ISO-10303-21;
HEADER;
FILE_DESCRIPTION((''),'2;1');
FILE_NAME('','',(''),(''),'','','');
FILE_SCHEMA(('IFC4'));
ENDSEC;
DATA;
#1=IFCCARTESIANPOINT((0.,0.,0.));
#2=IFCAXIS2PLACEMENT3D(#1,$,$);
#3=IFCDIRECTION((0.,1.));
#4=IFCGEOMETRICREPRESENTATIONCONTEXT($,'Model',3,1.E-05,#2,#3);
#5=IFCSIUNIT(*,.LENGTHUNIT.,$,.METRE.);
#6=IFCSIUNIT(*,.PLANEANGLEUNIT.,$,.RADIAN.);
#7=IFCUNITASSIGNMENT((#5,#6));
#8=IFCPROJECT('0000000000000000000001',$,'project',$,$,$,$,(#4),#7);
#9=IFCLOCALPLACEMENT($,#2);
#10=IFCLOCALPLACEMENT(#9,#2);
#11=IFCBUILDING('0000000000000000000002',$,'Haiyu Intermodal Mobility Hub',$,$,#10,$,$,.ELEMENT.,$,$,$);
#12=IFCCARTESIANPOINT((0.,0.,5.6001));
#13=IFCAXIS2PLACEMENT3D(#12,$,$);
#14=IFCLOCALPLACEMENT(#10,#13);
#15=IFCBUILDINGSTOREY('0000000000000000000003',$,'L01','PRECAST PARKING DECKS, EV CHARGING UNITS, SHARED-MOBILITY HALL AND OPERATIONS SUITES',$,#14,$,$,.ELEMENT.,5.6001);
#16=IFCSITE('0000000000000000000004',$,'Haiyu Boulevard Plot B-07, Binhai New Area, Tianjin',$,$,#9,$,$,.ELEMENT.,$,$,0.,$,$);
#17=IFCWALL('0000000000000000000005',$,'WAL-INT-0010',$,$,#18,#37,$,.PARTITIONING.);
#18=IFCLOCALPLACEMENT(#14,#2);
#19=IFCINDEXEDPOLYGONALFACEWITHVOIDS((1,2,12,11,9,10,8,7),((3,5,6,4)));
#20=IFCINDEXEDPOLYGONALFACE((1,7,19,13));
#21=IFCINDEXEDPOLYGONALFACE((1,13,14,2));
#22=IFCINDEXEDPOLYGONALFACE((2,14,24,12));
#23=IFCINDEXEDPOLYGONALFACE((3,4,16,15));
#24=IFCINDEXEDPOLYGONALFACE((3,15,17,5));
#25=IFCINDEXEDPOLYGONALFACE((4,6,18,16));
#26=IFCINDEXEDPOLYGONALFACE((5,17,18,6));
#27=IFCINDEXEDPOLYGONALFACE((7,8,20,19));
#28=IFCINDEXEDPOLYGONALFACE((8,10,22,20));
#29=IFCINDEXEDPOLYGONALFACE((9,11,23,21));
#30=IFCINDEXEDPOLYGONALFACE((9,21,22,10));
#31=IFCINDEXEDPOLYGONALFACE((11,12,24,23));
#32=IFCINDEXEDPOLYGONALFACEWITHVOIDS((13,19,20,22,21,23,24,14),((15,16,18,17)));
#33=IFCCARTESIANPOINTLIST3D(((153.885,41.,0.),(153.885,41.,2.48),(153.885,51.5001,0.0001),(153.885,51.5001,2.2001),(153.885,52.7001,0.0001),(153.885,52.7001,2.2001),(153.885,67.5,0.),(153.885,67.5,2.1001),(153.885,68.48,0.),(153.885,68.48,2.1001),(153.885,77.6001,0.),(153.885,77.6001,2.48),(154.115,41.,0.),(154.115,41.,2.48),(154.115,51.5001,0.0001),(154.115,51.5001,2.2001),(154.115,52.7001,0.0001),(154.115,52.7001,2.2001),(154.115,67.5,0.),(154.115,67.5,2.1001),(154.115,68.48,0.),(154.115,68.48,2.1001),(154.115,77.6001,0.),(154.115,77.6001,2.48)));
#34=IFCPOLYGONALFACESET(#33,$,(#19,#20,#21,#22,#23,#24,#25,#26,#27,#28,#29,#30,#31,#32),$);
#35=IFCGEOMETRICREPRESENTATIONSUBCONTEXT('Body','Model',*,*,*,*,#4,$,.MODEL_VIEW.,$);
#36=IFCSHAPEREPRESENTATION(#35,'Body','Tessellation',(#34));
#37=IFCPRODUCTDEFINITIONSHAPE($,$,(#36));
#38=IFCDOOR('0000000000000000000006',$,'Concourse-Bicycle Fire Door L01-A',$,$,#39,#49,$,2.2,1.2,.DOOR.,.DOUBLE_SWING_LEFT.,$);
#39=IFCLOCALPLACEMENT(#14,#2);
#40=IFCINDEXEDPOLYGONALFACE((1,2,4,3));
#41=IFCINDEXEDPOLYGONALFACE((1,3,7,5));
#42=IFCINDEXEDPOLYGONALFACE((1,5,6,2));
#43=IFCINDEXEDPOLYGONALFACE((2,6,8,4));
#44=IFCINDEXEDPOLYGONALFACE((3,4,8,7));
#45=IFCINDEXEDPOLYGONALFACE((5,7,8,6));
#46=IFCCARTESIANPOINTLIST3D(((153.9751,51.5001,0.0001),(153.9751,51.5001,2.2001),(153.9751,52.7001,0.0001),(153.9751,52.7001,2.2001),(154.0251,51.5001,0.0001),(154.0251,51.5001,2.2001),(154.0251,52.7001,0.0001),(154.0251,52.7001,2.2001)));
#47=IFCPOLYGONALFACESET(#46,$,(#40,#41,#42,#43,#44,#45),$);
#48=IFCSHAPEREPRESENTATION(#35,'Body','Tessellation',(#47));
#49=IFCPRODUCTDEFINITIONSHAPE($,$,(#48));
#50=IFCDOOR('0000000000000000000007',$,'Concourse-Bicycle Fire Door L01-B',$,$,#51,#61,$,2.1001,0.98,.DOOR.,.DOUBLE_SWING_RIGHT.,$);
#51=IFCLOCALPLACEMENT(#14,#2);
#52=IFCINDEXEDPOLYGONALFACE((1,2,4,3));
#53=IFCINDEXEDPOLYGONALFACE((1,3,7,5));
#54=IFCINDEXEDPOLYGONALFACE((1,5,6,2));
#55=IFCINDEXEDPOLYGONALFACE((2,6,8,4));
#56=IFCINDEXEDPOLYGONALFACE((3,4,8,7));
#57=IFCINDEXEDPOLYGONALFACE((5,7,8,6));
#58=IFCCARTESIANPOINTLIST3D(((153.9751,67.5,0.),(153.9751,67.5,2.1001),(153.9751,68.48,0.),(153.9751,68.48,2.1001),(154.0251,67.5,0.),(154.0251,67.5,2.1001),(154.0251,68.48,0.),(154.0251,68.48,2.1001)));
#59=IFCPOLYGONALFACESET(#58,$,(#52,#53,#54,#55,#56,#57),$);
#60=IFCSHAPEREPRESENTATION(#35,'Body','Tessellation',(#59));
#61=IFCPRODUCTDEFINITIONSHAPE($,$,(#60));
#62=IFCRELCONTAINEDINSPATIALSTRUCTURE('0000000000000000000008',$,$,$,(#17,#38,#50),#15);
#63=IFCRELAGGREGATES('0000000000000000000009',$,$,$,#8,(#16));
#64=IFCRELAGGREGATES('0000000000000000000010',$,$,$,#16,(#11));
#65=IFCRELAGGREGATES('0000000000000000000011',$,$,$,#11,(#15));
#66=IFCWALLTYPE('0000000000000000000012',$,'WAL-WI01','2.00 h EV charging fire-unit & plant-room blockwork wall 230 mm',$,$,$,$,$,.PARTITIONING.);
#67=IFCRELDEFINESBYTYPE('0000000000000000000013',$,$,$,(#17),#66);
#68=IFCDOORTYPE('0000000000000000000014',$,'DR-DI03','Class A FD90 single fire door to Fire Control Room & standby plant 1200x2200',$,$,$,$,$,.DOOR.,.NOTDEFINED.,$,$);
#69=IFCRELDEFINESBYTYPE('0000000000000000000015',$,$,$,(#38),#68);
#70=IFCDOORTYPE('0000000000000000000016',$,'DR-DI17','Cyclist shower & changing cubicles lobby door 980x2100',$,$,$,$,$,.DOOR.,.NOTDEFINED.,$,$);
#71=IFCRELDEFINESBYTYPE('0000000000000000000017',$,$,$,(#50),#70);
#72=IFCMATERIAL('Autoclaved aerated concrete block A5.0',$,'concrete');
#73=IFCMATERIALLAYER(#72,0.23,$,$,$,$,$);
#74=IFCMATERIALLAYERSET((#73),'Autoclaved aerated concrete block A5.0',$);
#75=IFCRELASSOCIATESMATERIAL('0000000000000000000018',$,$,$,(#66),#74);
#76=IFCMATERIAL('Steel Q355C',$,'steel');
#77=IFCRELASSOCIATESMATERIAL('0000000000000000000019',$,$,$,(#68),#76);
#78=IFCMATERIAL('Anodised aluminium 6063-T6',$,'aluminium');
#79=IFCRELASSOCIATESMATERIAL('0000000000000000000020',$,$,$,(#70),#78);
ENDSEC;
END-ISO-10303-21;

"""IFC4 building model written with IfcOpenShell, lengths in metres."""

from ifc_helpers import new_model, si_unit, direction, frame, frame_2d, origin, place, context, subcontext, project, spatial, rectangle, extrude, material, layer, layer_set, type_object, element, fill, save


model = new_model("IFC4")

# Units and contexts
model_context = context("Model", 3, precision=1e-05, world=origin(), true_north=direction((0.0, 1.0)))
body_context = subcontext(model_context, "Body", "Model", "MODEL_VIEW")
ifc_project = project(units=[si_unit("LENGTHUNIT", "METRE"), si_unit("PLANEANGLEUNIT", "RADIAN")], contexts=[model_context])

# Site, building, storey
site_placement = place(None, origin())
site = spatial("IfcSite", under=ifc_project, at=site_placement, Name="Haiyu Boulevard Plot B-07, Binhai New Area, Tianjin", CompositionType="ELEMENT", RefElevation=0.0)
building_placement = place(site_placement, origin())
building = spatial("IfcBuilding", under=site, at=building_placement, Name="Haiyu Intermodal Mobility Hub", CompositionType="ELEMENT")
storey_placement = place(building_placement, frame((0.0, 0.0, 5.6001)))
storey = spatial("IfcBuildingStorey", under=building, at=storey_placement, Name="L01", Description="PRECAST PARKING DECKS, EV CHARGING UNITS, SHARED-MOBILITY HALL AND OPERATIONS SUITES", CompositionType="ELEMENT", Elevation=5.6001)

# Wall, openings, doors
ifc_material_1 = material(Name="Autoclaved aerated concrete block A5.0", Category="concrete")
ifc_layer = layer(ifc_material_1, 0.23)
ifc_layer_set = layer_set([ifc_layer], Name="Autoclaved aerated concrete block A5.0")
wall_type = type_object("IfcWallType", Name="WAL-WI01", Description="2.00 h EV charging fire-unit & plant-room blockwork wall 230 mm", PredefinedType="PARTITIONING", material=ifc_layer_set)
wall_placement = place(storey_placement, frame((154.0, 41.0, 0.0), z_axis=(0.0, 0.0, 1.0), x_axis=(0.0, 1.0, 0.0)))
wall = element("IfcWall", 1, at=wall_placement, inside=storey, type_object=wall_type, Name="WAL-INT-0010", PredefinedType="PARTITIONING", context=body_context, shape_type="SweptSolid", body=[
    extrude(rectangle(XDim=36.6001, YDim=0.23, at=frame_2d((18.3, 0.0))), origin(), (0.0, 0.0, 1.0), 2.48),
])
opening_1_placement = place(wall_placement, frame((10.5, 0.0, 0.0)))
opening_1 = element("IfcOpeningElement", 2, at=opening_1_placement, cuts=wall, PredefinedType="OPENING", context=body_context, shape_type="SweptSolid", body=[
    extrude(rectangle(XDim=1.2, YDim=2.2, at=frame_2d((0.6001, 1.1001))), frame((0.0, 0.125, 0.0), z_axis=(0.0, -1.0, 0.0), x_axis=(1.0, 0.0, 0.0)), (0.0, 0.0, 1.0), 0.25),
])
opening_2_placement = place(wall_placement, frame((26.5, 0.0, 0.0)))
opening_2 = element("IfcOpeningElement", 3, at=opening_2_placement, cuts=wall, PredefinedType="OPENING", context=body_context, shape_type="SweptSolid", body=[
    extrude(rectangle(XDim=0.98, YDim=2.1001, at=frame_2d((0.49, 1.05))), frame((0.0, 0.125, 0.0), z_axis=(0.0, -1.0, 0.0), x_axis=(1.0, 0.0, 0.0)), (0.0, 0.0, 1.0), 0.25),
])
ifc_material_2 = material(Name="Steel Q355C", Category="steel")
door_type_1 = type_object("IfcDoorType", Name="DR-DI03", Description="Class A FD90 single fire door to Fire Control Room & standby plant 1200x2200", OperationType="NOTDEFINED", PredefinedType="DOOR", material=ifc_material_2)
door_1_placement = place(opening_1_placement, origin())
door_1 = element("IfcDoor", 4, at=door_1_placement, inside=storey, type_object=door_type_1, Name="Concourse-Bicycle Fire Door L01-A", OperationType="DOUBLE_SWING_LEFT", OverallHeight=2.2, OverallWidth=1.2, PredefinedType="DOOR", context=body_context, shape_type="SweptSolid", body=[
    extrude(rectangle(XDim=1.2, YDim=2.2, at=frame_2d((0.6001, 1.1001))), frame((0.0, 0.0249, 0.0), z_axis=(0.0, -1.0, 0.0), x_axis=(1.0, 0.0, 0.0)), (0.0, 0.0, 1.0), 0.05),
])
fill(opening_1, door_1)
ifc_material_3 = material(Name="Anodised aluminium 6063-T6", Category="aluminium")
door_type_2 = type_object("IfcDoorType", Name="DR-DI17", Description="Cyclist shower & changing cubicles lobby door 980x2100", OperationType="NOTDEFINED", PredefinedType="DOOR", material=ifc_material_3)
door_2_placement = place(opening_2_placement, origin())
door_2 = element("IfcDoor", 5, at=door_2_placement, inside=storey, type_object=door_type_2, Name="Concourse-Bicycle Fire Door L01-B", OperationType="DOUBLE_SWING_RIGHT", OverallHeight=2.1001, OverallWidth=0.98, PredefinedType="DOOR", context=body_context, shape_type="SweptSolid", body=[
    extrude(rectangle(XDim=0.98, YDim=2.1001, at=frame_2d((0.49, 1.05))), frame((0.0, 0.0249, 0.0), z_axis=(0.0, -1.0, 0.0), x_axis=(1.0, 0.0, 0.0)), (0.0, 0.0, 1.0), 0.05),
])
fill(opening_2, door_2)

save(model, "model.ifc")
